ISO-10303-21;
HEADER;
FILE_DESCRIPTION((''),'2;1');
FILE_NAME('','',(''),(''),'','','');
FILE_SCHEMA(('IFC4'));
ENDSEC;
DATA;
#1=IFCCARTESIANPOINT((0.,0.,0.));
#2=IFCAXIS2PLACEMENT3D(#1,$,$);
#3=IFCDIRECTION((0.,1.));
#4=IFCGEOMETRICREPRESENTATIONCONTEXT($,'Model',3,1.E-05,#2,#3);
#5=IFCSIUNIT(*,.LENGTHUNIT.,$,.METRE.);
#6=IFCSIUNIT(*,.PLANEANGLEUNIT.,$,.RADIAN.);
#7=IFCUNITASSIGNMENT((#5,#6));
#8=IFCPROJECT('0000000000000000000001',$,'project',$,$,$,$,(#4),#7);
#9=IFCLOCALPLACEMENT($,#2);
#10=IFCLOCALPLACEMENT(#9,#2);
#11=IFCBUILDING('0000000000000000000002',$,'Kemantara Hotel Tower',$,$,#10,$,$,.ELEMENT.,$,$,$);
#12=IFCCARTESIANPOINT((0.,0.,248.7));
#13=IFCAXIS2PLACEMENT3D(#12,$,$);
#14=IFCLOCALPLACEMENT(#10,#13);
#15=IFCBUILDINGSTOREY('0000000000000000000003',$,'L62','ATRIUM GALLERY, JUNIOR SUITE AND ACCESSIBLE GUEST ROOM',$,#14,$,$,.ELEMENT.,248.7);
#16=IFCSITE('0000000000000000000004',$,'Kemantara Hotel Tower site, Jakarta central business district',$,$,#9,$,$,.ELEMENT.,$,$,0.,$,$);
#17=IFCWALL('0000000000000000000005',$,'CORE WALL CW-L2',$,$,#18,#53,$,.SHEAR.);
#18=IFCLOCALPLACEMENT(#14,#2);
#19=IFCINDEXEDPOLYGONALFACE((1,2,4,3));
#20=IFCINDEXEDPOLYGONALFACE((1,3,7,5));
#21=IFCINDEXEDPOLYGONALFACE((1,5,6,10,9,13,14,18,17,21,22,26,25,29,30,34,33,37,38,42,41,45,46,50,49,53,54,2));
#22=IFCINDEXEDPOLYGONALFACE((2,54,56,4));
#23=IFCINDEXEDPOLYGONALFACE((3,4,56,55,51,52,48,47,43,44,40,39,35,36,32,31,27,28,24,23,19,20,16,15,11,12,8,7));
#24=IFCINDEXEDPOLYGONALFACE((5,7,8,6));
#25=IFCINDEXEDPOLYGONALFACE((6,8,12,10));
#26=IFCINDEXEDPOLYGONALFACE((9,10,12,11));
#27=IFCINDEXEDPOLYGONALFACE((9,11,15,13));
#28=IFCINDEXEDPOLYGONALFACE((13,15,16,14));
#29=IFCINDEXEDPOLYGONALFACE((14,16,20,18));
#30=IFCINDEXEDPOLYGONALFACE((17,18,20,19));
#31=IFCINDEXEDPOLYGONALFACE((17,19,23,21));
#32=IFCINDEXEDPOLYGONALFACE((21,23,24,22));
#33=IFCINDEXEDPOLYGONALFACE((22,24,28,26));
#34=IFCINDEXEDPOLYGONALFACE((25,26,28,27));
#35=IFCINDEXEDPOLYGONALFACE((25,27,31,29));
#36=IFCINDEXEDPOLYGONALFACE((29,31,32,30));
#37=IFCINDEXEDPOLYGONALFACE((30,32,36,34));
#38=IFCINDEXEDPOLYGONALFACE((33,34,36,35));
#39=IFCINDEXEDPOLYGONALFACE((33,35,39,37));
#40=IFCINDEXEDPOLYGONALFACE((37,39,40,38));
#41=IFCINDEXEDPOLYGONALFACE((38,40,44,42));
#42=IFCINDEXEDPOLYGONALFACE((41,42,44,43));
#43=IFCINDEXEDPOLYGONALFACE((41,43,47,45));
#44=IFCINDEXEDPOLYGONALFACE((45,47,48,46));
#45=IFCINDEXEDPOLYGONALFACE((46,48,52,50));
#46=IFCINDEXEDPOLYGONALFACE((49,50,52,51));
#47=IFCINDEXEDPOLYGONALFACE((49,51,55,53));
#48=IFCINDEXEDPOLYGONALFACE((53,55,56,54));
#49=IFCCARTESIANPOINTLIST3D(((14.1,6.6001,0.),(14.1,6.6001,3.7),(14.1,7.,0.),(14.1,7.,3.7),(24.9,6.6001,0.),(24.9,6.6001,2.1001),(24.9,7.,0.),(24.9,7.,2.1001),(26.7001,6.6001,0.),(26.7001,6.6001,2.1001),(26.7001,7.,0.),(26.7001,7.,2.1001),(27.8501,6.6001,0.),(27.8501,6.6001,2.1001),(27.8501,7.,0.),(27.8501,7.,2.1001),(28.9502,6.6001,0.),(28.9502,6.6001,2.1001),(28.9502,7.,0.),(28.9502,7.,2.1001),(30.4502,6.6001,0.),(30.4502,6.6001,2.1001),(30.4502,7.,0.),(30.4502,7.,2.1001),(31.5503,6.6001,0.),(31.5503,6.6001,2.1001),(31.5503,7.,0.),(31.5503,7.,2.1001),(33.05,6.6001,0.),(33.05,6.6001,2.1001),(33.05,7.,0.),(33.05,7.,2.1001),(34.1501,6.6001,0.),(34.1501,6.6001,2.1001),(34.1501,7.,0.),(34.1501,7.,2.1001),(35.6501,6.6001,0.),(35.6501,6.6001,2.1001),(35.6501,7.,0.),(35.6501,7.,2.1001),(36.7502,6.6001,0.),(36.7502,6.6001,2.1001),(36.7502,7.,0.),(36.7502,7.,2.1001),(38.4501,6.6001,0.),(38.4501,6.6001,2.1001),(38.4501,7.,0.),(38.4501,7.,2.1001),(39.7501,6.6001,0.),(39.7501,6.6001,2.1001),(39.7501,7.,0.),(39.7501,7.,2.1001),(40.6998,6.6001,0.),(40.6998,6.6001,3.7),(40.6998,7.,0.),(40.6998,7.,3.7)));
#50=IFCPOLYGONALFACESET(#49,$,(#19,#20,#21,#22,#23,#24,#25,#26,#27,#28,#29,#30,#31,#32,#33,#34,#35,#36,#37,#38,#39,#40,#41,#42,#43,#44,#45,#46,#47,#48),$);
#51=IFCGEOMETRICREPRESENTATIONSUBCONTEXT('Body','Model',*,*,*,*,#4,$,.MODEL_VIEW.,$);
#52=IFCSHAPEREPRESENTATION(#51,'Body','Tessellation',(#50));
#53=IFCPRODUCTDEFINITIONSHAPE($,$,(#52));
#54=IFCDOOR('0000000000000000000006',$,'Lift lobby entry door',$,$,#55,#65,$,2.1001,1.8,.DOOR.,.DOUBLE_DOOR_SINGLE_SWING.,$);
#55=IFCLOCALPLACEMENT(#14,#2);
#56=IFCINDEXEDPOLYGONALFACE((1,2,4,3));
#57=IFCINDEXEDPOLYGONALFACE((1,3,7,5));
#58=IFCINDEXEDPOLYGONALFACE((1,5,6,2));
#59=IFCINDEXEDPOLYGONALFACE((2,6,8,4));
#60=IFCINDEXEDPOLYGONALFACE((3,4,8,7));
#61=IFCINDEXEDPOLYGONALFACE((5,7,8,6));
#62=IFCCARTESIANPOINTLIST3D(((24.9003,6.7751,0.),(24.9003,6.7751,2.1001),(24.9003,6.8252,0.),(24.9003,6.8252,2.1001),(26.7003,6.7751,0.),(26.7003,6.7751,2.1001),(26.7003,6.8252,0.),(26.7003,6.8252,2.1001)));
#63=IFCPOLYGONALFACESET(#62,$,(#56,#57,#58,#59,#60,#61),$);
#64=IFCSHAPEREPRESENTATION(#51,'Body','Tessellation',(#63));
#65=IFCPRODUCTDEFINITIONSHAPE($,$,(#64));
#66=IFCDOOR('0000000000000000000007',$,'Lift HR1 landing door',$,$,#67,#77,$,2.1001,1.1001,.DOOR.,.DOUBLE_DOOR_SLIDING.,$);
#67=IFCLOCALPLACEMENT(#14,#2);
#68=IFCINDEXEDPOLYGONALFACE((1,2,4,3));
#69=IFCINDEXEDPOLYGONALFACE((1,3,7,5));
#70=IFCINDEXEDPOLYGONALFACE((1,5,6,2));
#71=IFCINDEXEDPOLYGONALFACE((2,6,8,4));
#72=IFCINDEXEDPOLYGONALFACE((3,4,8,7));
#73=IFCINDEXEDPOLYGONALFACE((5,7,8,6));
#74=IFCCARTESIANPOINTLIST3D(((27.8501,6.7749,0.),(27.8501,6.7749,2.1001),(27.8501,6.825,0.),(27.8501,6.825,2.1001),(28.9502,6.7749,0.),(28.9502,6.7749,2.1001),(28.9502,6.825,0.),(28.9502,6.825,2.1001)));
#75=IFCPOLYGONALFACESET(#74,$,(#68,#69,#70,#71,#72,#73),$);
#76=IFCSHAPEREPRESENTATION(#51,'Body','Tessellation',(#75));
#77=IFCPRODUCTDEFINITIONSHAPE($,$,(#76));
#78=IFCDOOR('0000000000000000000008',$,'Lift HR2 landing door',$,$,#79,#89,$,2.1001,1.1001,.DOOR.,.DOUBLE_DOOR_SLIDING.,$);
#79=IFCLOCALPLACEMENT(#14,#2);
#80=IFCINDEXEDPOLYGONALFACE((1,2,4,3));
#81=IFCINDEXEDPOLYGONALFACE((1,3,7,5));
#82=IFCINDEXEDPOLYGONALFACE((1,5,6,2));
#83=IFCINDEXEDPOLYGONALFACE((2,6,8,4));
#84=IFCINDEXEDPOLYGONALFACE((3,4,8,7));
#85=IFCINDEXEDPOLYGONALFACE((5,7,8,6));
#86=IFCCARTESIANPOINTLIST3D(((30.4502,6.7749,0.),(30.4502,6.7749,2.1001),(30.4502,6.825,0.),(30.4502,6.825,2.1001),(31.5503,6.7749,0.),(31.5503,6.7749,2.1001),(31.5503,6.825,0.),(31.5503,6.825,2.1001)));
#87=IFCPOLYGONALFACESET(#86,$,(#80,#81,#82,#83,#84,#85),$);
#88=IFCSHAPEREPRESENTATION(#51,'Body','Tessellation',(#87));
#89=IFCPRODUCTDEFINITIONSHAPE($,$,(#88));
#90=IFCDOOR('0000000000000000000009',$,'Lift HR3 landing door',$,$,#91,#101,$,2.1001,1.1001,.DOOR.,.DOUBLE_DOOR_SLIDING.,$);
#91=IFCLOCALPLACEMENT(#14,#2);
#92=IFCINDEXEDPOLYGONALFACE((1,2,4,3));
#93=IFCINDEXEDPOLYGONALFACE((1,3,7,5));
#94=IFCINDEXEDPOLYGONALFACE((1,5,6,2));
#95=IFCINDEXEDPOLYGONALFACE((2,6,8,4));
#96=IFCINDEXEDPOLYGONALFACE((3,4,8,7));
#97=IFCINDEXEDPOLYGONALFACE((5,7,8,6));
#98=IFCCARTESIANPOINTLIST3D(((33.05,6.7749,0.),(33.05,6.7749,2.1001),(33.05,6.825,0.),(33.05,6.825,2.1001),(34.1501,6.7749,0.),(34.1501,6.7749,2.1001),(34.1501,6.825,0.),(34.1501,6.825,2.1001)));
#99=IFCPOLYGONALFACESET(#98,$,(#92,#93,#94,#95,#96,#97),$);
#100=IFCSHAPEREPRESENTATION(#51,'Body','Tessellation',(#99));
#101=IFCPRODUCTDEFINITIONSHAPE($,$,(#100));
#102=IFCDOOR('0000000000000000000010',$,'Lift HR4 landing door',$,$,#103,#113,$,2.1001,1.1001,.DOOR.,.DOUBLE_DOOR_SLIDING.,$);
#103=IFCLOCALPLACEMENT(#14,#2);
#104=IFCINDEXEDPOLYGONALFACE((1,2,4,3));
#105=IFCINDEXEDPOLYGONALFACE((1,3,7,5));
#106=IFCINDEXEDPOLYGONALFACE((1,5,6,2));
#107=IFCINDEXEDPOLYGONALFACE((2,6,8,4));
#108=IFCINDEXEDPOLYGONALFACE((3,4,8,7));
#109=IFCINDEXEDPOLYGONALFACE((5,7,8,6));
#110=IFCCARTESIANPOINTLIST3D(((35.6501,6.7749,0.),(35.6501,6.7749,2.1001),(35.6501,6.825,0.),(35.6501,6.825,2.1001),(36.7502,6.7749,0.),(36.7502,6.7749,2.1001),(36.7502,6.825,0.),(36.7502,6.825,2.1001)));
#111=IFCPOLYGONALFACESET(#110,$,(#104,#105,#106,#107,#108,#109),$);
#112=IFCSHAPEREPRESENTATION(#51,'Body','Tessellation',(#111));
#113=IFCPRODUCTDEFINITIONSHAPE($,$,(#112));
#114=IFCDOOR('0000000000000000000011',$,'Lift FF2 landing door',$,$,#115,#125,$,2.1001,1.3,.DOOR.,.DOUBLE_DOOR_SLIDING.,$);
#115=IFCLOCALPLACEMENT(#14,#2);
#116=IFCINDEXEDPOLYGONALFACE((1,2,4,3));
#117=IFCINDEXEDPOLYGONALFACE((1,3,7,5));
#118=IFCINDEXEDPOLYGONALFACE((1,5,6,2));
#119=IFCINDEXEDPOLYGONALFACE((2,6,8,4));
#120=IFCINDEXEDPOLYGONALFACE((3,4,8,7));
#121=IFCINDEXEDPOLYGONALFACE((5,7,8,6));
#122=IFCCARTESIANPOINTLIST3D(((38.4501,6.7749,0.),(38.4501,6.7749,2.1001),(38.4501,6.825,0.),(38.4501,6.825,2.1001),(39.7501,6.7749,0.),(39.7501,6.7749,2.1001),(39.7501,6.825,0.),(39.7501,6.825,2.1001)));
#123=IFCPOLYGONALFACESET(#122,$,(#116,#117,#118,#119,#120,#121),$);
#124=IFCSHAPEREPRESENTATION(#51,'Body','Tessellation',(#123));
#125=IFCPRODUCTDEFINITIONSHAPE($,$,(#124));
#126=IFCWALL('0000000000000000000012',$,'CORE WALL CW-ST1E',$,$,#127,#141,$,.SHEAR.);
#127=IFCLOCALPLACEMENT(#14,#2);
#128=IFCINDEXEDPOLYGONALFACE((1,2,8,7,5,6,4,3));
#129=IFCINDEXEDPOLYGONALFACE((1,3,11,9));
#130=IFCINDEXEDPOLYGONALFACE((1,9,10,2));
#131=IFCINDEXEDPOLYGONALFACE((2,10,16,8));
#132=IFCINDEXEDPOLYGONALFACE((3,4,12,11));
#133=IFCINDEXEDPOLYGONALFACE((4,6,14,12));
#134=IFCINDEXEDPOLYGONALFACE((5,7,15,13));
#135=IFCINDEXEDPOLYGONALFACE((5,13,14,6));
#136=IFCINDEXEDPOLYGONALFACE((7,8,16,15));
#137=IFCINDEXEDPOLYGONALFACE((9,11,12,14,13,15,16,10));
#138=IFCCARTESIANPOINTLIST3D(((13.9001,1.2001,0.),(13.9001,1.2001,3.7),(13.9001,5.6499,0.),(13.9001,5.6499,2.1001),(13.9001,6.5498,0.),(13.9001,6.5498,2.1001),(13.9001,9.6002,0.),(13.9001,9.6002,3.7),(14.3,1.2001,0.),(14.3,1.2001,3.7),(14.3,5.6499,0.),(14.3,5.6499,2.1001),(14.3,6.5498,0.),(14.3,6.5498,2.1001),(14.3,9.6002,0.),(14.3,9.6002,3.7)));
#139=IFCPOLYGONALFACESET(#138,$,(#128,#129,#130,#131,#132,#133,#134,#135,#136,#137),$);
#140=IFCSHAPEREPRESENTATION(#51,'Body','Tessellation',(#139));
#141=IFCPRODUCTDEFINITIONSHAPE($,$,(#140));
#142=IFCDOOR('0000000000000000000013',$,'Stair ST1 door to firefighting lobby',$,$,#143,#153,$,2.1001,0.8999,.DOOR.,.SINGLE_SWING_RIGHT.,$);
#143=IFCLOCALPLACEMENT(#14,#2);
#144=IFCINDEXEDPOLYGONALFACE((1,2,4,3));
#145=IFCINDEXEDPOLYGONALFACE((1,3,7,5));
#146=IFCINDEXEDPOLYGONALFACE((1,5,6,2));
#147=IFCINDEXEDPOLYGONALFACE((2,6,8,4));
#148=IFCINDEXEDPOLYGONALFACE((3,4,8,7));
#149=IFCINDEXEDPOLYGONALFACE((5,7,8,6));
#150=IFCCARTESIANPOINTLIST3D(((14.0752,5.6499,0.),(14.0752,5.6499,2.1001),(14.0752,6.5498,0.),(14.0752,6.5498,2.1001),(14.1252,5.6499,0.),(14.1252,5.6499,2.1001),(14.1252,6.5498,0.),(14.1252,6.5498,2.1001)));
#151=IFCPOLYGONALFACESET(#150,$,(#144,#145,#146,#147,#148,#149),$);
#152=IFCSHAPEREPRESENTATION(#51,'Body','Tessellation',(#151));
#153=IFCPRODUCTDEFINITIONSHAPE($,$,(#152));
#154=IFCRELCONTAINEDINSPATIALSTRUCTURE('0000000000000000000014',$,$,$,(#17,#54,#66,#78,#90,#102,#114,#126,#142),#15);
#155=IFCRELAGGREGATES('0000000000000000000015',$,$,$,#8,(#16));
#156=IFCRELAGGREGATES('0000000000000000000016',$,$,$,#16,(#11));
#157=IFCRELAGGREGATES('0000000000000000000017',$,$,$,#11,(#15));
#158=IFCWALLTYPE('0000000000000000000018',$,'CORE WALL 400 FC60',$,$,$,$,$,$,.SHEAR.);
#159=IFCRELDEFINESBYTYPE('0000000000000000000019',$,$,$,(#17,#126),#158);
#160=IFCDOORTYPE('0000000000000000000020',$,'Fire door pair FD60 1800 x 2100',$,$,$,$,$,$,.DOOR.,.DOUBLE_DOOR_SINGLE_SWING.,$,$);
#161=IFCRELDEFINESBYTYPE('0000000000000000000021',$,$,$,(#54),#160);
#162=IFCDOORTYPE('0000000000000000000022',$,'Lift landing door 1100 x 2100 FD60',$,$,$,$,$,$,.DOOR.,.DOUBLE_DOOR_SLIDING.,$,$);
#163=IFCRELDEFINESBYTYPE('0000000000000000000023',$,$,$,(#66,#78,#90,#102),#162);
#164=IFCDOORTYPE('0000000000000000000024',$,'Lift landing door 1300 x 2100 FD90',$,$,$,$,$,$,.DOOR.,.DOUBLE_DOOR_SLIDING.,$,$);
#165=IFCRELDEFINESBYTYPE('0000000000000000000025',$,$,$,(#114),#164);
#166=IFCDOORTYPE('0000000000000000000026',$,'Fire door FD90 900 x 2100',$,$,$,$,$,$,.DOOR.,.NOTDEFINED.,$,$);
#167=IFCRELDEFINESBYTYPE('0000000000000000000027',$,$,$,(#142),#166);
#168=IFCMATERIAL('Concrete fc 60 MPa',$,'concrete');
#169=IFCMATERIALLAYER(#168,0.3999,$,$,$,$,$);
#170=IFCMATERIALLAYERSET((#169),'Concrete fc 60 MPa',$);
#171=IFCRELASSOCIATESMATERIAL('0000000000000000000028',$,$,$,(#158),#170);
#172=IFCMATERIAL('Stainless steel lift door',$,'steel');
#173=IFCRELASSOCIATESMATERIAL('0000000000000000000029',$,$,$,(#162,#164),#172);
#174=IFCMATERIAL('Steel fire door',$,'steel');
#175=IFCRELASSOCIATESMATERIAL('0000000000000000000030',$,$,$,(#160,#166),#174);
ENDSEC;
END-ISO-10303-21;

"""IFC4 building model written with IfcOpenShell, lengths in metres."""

from ifc_helpers import new_model, si_unit, direction, frame, frame_2d, origin, place, context, subcontext, project, spatial, rectangle, extrude, material, layer, layer_set, type_object, element, fill, save


model = new_model("IFC4")

# Units and contexts
model_context = context("Model", 3, precision=1e-05, world=origin(), true_north=direction((0.0, 1.0)))
body_context = subcontext(model_context, "Body", "Model", "MODEL_VIEW")
ifc_project = project(units=[si_unit("LENGTHUNIT", "METRE"), si_unit("PLANEANGLEUNIT", "RADIAN")], contexts=[model_context])

# Site, building, storey
site_placement = place(None, origin())
site = spatial("IfcSite", under=ifc_project, at=site_placement, Name="Kemantara Hotel Tower site, Jakarta central business district", CompositionType="ELEMENT", RefElevation=0.0)
building_placement = place(site_placement, origin())
building = spatial("IfcBuilding", under=site, at=building_placement, Name="Kemantara Hotel Tower", CompositionType="ELEMENT")
storey_placement = place(building_placement, frame((0.0, 0.0, 248.7)))
storey = spatial("IfcBuildingStorey", under=building, at=storey_placement, Name="L62", Description="ATRIUM GALLERY, JUNIOR SUITE AND ACCESSIBLE GUEST ROOM", CompositionType="ELEMENT", Elevation=248.7)

# Shared definitions
ifc_material_1 = material(Name="Concrete fc 60 MPa", Category="concrete")

# Shared definitions
ifc_layer_1 = layer(ifc_material_1, 0.3999)
ifc_layer_set_1 = layer_set([ifc_layer_1], Name="Concrete fc 60 MPa")
wall_type_1 = type_object("IfcWallType", Name="CORE WALL 400 FC60", PredefinedType="SHEAR", material=ifc_layer_set_1)
ifc_material_2 = material(Name="Steel fire door", Category="steel")

# Wall, openings, doors
ifc_material_3 = material(Name="Stainless steel lift door", Category="steel")
door_type_1 = type_object("IfcDoorType", Name="Lift landing door 1100 x 2100 FD60", OperationType="DOUBLE_DOOR_SLIDING", PredefinedType="DOOR", material=ifc_material_3)
door_type_2 = type_object("IfcDoorType", Name="Lift landing door 1300 x 2100 FD90", OperationType="DOUBLE_DOOR_SLIDING", PredefinedType="DOOR", material=ifc_material_3)
wall_1_placement = place(storey_placement, frame((14.1001, 6.8, 0.0), z_axis=(0.0, 0.0, 1.0), x_axis=(1.0, 0.0, 0.0)))
wall_1 = element("IfcWall", 1, at=wall_1_placement, inside=storey, type_object=wall_type_1, Name="CORE WALL CW-L2", PredefinedType="SHEAR", context=body_context, shape_type="SweptSolid", body=[
    extrude(rectangle(XDim=26.5999, YDim=0.3999, at=frame_2d((13.2998, 0.0))), origin(), (0.0, 0.0, 1.0), 3.7),
])
opening_1_placement = place(wall_1_placement, frame((10.8, 0.0, 0.0)))
opening_1 = element("IfcOpeningElement", 2, at=opening_1_placement, cuts=wall_1, PredefinedType="OPENING", context=body_context, shape_type="SweptSolid", body=[
    extrude(rectangle(XDim=1.8, YDim=2.1001, at=frame_2d((0.8999, 1.05))), frame((0.0, 0.21, 0.0), z_axis=(0.0, -1.0, 0.0), x_axis=(1.0, 0.0, 0.0)), (0.0, 0.0, 1.0), 0.4199),
])
opening_2_placement = place(wall_1_placement, frame((13.75, 0.0, 0.0)))
opening_2 = element("IfcOpeningElement", 3, at=opening_2_placement, cuts=wall_1, PredefinedType="OPENING", context=body_context, shape_type="SweptSolid", body=[
    extrude(rectangle(XDim=1.1001, YDim=2.1001, at=frame_2d((0.55, 1.05))), frame((0.0, 0.21, 0.0), z_axis=(0.0, -1.0, 0.0), x_axis=(1.0, 0.0, 0.0)), (0.0, 0.0, 1.0), 0.4199),
])
opening_3_placement = place(wall_1_placement, frame((16.3501, 0.0, 0.0)))
opening_3 = element("IfcOpeningElement", 4, at=opening_3_placement, cuts=wall_1, PredefinedType="OPENING", context=body_context, shape_type="SweptSolid", body=[
    extrude(rectangle(XDim=1.1001, YDim=2.1001, at=frame_2d((0.55, 1.05))), frame((0.0, 0.21, 0.0), z_axis=(0.0, -1.0, 0.0), x_axis=(1.0, 0.0, 0.0)), (0.0, 0.0, 1.0), 0.4199),
])
opening_4_placement = place(wall_1_placement, frame((18.95, 0.0, 0.0)))
opening_4 = element("IfcOpeningElement", 5, at=opening_4_placement, cuts=wall_1, PredefinedType="OPENING", context=body_context, shape_type="SweptSolid", body=[
    extrude(rectangle(XDim=1.1001, YDim=2.1001, at=frame_2d((0.55, 1.05))), frame((0.0, 0.21, 0.0), z_axis=(0.0, -1.0, 0.0), x_axis=(1.0, 0.0, 0.0)), (0.0, 0.0, 1.0), 0.4199),
])
opening_5_placement = place(wall_1_placement, frame((21.55, 0.0, 0.0)))
opening_5 = element("IfcOpeningElement", 6, at=opening_5_placement, cuts=wall_1, PredefinedType="OPENING", context=body_context, shape_type="SweptSolid", body=[
    extrude(rectangle(XDim=1.1001, YDim=2.1001, at=frame_2d((0.55, 1.05))), frame((0.0, 0.21, 0.0), z_axis=(0.0, -1.0, 0.0), x_axis=(1.0, 0.0, 0.0)), (0.0, 0.0, 1.0), 0.4199),
])
opening_6_placement = place(wall_1_placement, frame((24.3501, 0.0, 0.0)))
opening_6 = element("IfcOpeningElement", 7, at=opening_6_placement, cuts=wall_1, PredefinedType="OPENING", context=body_context, shape_type="SweptSolid", body=[
    extrude(rectangle(XDim=1.3, YDim=2.1001, at=frame_2d((0.6499, 1.05))), frame((0.0, 0.21, 0.0), z_axis=(0.0, -1.0, 0.0), x_axis=(1.0, 0.0, 0.0)), (0.0, 0.0, 1.0), 0.4199),
])
door_type_3 = type_object("IfcDoorType", Name="Fire door pair FD60 1800 x 2100", OperationType="DOUBLE_DOOR_SINGLE_SWING", PredefinedType="DOOR", material=ifc_material_2)
door_1_placement = place(opening_1_placement, frame((1.8, 0.0, 0.0), z_axis=(0.0, 0.0, 1.0), x_axis=(-1.0, 0.0, 0.0)))
door_1 = element("IfcDoor", 8, at=door_1_placement, inside=storey, type_object=door_type_3, Name="Lift lobby entry door", OperationType="DOUBLE_DOOR_SINGLE_SWING", OverallHeight=2.1001, OverallWidth=1.8, PredefinedType="DOOR", context=body_context, shape_type="SweptSolid", body=[
    extrude(rectangle(XDim=1.8, YDim=2.1001, at=frame_2d((0.8999, 1.05))), frame((0.0, 0.0249, 0.0), z_axis=(0.0, -1.0, 0.0), x_axis=(1.0, 0.0, 0.0)), (0.0, 0.0, 1.0), 0.05),
])
fill(opening_1, door_1)
door_2_placement = place(opening_2_placement, origin())
door_2 = element("IfcDoor", 9, at=door_2_placement, inside=storey, type_object=door_type_1, Name="Lift HR1 landing door", OperationType="DOUBLE_DOOR_SLIDING", OverallHeight=2.1001, OverallWidth=1.1001, PredefinedType="DOOR", context=body_context, shape_type="SweptSolid", body=[
    extrude(rectangle(XDim=1.1001, YDim=2.1001, at=frame_2d((0.55, 1.05))), frame((0.0, 0.0249, 0.0), z_axis=(0.0, -1.0, 0.0), x_axis=(1.0, 0.0, 0.0)), (0.0, 0.0, 1.0), 0.05),
])
fill(opening_2, door_2)
door_3_placement = place(opening_3_placement, origin())
door_3 = element("IfcDoor", 10, at=door_3_placement, inside=storey, type_object=door_type_1, Name="Lift HR2 landing door", OperationType="DOUBLE_DOOR_SLIDING", OverallHeight=2.1001, OverallWidth=1.1001, PredefinedType="DOOR", context=body_context, shape_type="SweptSolid", body=[
    extrude(rectangle(XDim=1.1001, YDim=2.1001, at=frame_2d((0.55, 1.05))), frame((0.0, 0.0249, 0.0), z_axis=(0.0, -1.0, 0.0), x_axis=(1.0, 0.0, 0.0)), (0.0, 0.0, 1.0), 0.05),
])
fill(opening_3, door_3)
door_4_placement = place(opening_4_placement, origin())
door_4 = element("IfcDoor", 11, at=door_4_placement, inside=storey, type_object=door_type_1, Name="Lift HR3 landing door", OperationType="DOUBLE_DOOR_SLIDING", OverallHeight=2.1001, OverallWidth=1.1001, PredefinedType="DOOR", context=body_context, shape_type="SweptSolid", body=[
    extrude(rectangle(XDim=1.1001, YDim=2.1001, at=frame_2d((0.55, 1.05))), frame((0.0, 0.0249, 0.0), z_axis=(0.0, -1.0, 0.0), x_axis=(1.0, 0.0, 0.0)), (0.0, 0.0, 1.0), 0.05),
])
fill(opening_4, door_4)
door_5_placement = place(opening_5_placement, origin())
door_5 = element("IfcDoor", 12, at=door_5_placement, inside=storey, type_object=door_type_1, Name="Lift HR4 landing door", OperationType="DOUBLE_DOOR_SLIDING", OverallHeight=2.1001, OverallWidth=1.1001, PredefinedType="DOOR", context=body_context, shape_type="SweptSolid", body=[
    extrude(rectangle(XDim=1.1001, YDim=2.1001, at=frame_2d((0.55, 1.05))), frame((0.0, 0.0249, 0.0), z_axis=(0.0, -1.0, 0.0), x_axis=(1.0, 0.0, 0.0)), (0.0, 0.0, 1.0), 0.05),
])
fill(opening_5, door_5)
door_6_placement = place(opening_6_placement, origin())
door_6 = element("IfcDoor", 13, at=door_6_placement, inside=storey, type_object=door_type_2, Name="Lift FF2 landing door", OperationType="DOUBLE_DOOR_SLIDING", OverallHeight=2.1001, OverallWidth=1.3, PredefinedType="DOOR", context=body_context, shape_type="SweptSolid", body=[
    extrude(rectangle(XDim=1.3, YDim=2.1001, at=frame_2d((0.6499, 1.05))), frame((0.0, 0.0249, 0.0), z_axis=(0.0, -1.0, 0.0), x_axis=(1.0, 0.0, 0.0)), (0.0, 0.0, 1.0), 0.05),
])
fill(opening_6, door_6)

# Wall, opening, door
wall_2_placement = place(storey_placement, frame((14.1001, 1.2, 0.0), z_axis=(0.0, 0.0, 1.0), x_axis=(0.0, 1.0, 0.0)))
wall_2 = element("IfcWall", 14, at=wall_2_placement, inside=storey, type_object=wall_type_1, Name="CORE WALL CW-ST1E", PredefinedType="SHEAR", context=body_context, shape_type="SweptSolid", body=[
    extrude(rectangle(XDim=8.4001, YDim=0.3999, at=frame_2d((4.2002, 0.0))), origin(), (0.0, 0.0, 1.0), 3.7),
])
opening_7_placement = place(wall_2_placement, frame((4.45, 0.0, 0.0)))
opening_7 = element("IfcOpeningElement", 15, at=opening_7_placement, cuts=wall_2, PredefinedType="OPENING", context=body_context, shape_type="SweptSolid", body=[
    extrude(rectangle(XDim=0.8999, YDim=2.1001, at=frame_2d((0.45, 1.05))), frame((0.0, 0.21, 0.0), z_axis=(0.0, -1.0, 0.0), x_axis=(1.0, 0.0, 0.0)), (0.0, 0.0, 1.0), 0.4199),
])
door_type_4 = type_object("IfcDoorType", Name="Fire door FD90 900 x 2100", OperationType="NOTDEFINED", PredefinedType="DOOR", material=ifc_material_2)
door_7_placement = place(opening_7_placement, origin())
door_7 = element("IfcDoor", 16, at=door_7_placement, inside=storey, type_object=door_type_4, Name="Stair ST1 door to firefighting lobby", OperationType="SINGLE_SWING_RIGHT", OverallHeight=2.1001, OverallWidth=0.8999, PredefinedType="DOOR", context=body_context, shape_type="SweptSolid", body=[
    extrude(rectangle(XDim=0.8999, YDim=2.1001, at=frame_2d((0.45, 1.05))), frame((0.0, 0.0249, 0.0), z_axis=(0.0, -1.0, 0.0), x_axis=(1.0, 0.0, 0.0)), (0.0, 0.0, 1.0), 0.05),
])
fill(opening_7, door_7)

save(model, "model.ifc")
